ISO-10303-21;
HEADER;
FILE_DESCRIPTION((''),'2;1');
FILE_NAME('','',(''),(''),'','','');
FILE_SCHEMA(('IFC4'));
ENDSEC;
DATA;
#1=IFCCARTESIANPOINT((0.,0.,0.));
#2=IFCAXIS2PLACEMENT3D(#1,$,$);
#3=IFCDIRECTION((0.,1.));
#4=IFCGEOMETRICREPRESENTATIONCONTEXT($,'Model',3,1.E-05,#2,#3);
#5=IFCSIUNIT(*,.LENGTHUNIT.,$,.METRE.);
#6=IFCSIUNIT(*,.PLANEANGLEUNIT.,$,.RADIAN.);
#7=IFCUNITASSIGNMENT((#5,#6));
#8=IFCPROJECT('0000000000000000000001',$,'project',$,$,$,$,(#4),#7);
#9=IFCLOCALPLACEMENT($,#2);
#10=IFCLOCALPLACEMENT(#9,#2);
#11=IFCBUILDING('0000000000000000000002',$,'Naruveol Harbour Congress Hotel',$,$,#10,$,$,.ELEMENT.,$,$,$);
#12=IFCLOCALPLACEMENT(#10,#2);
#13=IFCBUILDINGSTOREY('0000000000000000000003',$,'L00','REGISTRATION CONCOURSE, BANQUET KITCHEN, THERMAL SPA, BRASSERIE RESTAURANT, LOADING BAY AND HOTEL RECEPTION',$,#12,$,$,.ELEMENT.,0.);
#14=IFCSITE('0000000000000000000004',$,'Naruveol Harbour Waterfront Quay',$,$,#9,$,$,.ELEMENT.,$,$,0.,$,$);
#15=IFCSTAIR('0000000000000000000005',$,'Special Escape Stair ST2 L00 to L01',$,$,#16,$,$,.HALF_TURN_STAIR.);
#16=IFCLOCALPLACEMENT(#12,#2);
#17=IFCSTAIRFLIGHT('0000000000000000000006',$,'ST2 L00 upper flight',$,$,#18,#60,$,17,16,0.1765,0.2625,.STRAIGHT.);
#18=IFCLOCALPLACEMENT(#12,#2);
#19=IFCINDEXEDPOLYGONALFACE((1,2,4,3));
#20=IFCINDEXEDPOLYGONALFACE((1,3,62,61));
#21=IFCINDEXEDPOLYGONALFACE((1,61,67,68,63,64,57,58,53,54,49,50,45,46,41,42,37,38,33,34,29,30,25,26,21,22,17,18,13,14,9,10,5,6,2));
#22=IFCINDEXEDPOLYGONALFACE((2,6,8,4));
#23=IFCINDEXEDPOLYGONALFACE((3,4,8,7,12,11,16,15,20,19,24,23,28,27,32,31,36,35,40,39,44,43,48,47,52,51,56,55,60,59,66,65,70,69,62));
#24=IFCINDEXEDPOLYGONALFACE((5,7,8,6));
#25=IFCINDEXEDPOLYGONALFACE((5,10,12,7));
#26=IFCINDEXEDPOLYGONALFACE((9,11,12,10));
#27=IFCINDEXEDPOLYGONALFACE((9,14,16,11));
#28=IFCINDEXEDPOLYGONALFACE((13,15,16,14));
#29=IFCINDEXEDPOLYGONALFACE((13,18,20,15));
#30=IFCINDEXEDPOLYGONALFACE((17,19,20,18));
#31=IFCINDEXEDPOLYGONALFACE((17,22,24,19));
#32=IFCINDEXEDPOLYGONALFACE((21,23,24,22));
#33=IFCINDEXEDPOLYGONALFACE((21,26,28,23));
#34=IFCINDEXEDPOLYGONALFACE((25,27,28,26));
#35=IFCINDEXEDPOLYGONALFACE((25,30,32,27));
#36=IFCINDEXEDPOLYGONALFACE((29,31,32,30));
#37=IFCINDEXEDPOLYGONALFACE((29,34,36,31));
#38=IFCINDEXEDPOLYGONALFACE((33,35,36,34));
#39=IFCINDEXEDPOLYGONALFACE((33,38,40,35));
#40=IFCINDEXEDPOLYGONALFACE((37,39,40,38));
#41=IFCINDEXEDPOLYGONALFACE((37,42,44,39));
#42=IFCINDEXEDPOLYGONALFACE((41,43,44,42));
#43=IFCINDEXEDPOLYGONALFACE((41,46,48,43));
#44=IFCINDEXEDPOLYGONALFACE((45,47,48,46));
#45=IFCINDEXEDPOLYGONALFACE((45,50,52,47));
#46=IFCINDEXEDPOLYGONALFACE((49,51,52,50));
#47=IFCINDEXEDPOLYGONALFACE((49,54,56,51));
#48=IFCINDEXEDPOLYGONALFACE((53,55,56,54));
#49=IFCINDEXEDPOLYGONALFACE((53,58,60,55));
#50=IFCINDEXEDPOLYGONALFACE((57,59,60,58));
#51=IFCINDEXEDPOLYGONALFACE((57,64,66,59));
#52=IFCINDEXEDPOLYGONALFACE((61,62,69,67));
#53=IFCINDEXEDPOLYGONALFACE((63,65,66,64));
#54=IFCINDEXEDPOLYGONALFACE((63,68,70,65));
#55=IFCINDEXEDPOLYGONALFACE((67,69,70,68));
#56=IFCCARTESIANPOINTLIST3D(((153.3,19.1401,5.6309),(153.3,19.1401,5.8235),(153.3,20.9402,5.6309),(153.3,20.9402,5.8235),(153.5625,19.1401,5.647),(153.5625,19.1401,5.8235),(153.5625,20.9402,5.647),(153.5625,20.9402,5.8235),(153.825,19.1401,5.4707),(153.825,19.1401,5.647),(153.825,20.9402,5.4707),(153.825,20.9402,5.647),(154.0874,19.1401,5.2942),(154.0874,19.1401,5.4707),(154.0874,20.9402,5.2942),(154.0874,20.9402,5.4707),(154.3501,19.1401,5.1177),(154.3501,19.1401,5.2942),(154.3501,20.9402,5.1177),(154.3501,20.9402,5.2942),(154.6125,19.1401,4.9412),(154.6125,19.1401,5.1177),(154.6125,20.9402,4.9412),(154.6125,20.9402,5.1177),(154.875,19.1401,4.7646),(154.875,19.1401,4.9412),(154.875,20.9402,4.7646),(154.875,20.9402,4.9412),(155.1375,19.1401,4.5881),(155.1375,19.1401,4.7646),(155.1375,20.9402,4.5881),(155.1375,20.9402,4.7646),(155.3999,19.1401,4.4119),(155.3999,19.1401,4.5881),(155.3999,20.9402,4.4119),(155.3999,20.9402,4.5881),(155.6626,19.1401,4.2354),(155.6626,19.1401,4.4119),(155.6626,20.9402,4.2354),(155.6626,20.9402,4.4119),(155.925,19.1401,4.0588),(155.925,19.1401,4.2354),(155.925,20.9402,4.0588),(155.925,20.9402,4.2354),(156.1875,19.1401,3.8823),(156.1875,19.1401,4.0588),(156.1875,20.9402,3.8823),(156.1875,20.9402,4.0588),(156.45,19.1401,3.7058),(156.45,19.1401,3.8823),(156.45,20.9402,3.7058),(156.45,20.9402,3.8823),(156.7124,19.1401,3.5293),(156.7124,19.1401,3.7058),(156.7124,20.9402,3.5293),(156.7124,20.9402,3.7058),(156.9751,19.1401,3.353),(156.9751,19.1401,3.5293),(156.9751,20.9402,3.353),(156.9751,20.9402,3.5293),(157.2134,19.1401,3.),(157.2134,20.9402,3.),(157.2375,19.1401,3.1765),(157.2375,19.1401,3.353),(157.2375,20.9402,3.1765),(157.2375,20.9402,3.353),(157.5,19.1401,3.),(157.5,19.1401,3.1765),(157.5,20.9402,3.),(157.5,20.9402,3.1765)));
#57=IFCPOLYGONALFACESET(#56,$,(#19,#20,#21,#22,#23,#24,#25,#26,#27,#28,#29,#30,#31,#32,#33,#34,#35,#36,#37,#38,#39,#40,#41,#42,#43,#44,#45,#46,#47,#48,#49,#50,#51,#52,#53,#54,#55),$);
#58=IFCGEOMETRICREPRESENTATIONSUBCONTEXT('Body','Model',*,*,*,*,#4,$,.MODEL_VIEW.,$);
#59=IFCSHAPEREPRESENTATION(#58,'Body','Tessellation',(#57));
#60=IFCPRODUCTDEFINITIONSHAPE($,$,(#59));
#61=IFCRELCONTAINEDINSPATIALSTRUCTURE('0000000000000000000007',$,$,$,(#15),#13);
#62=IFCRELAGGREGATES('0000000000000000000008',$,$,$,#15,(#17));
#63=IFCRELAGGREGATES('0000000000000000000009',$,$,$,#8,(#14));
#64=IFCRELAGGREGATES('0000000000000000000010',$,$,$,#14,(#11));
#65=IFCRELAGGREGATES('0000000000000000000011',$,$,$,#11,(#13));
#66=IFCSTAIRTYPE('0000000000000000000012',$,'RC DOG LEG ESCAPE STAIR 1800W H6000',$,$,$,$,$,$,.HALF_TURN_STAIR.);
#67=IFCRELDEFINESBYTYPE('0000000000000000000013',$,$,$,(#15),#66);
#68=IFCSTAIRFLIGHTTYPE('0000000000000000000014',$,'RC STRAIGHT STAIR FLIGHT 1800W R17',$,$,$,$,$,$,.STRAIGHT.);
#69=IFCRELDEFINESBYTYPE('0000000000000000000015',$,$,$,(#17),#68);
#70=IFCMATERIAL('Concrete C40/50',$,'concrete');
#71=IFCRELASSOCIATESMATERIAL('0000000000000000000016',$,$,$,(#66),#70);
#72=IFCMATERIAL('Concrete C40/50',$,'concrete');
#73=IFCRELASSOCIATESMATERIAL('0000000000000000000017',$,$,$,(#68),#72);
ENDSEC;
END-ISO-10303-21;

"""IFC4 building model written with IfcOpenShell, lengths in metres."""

from ifc_helpers import new_model, si_unit, direction, frame, origin, place, context, subcontext, project, spatial, polyline, outline, extrude, material, type_object, element, aggregate, save


model = new_model("IFC4")

# Units and contexts
model_context = context("Model", 3, precision=1e-05, world=origin(), true_north=direction((0.0, 1.0)))
body_context = subcontext(model_context, "Body", "Model", "MODEL_VIEW")
ifc_project = project(units=[si_unit("LENGTHUNIT", "METRE"), si_unit("PLANEANGLEUNIT", "RADIAN")], contexts=[model_context])

# Site, building, storey
site_placement = place(None, origin())
site = spatial("IfcSite", under=ifc_project, at=site_placement, Name="Naruveol Harbour Waterfront Quay", CompositionType="ELEMENT", RefElevation=0.0)
building_placement = place(site_placement, origin())
building = spatial("IfcBuilding", under=site, at=building_placement, Name="Naruveol Harbour Congress Hotel", CompositionType="ELEMENT")
storey_placement = place(building_placement, origin())
storey = spatial("IfcBuildingStorey", under=building, at=storey_placement, Name="L00", Description="REGISTRATION CONCOURSE, BANQUET KITCHEN, THERMAL SPA, BRASSERIE RESTAURANT, LOADING BAY AND HOTEL RECEPTION", CompositionType="ELEMENT", Elevation=0.0)

# Stair, stair flight
ifc_material_1 = material(Name="Concrete C40/50", Category="concrete")
stair_type = type_object("IfcStairType", Name="RC DOG LEG ESCAPE STAIR 1800W H6000", PredefinedType="HALF_TURN_STAIR", material=ifc_material_1)
stair_placement = place(storey_placement, origin())
stair = element("IfcStair", 1, at=stair_placement, inside=storey, type_object=stair_type, Name="Special Escape Stair ST2 L00 to L01", PredefinedType="HALF_TURN_STAIR")
ifc_material_2 = material(Name="Concrete C40/50", Category="concrete")
stair_flight_type = type_object("IfcStairFlightType", Name="RC STRAIGHT STAIR FLIGHT 1800W R17", PredefinedType="STRAIGHT", material=ifc_material_2)
stair_flight_placement = place(storey_placement, frame((157.5, 20.04, 3.0), z_axis=(0.0, 0.0, 1.0), x_axis=(-1.0, 0.0, 0.0)))
stair_flight = element("IfcStairFlight", 2, at=stair_flight_placement, type_object=stair_flight_type, Name="ST2 L00 upper flight", NumberOfRisers=17, NumberOfTreads=16, PredefinedType="STRAIGHT", RiserHeight=0.1765, TreadLength=0.2625, context=body_context, shape_type="SweptSolid", body=[
    extrude(outline(polyline([(0.0, 0.0), (0.0, 0.1765), (0.2625, 0.1765), (0.2625, 0.353), (0.5249, 0.353), (0.5249, 0.5293), (0.7876, 0.5293), (0.7876, 0.7058), (1.05, 0.7058), (1.05, 0.8823), (1.3125, 0.8823), (1.3125, 1.0588), (1.575, 1.0588), (1.575, 1.2354), (1.8374, 1.2354), (1.8374, 1.4119), (2.1001, 1.4119), (2.1001, 1.5881), (2.3625, 1.5881), (2.3625, 1.7646), (2.625, 1.7646), (2.625, 1.9412), (2.8875, 1.9412), (2.8875, 2.1177), (3.1499, 2.1177), (3.1499, 2.2942), (3.4126, 2.2942), (3.4126, 2.4707), (3.675, 2.4707), (3.675, 2.647), (3.9375, 2.647), (3.9375, 2.8235), (4.2, 2.8235), (4.2, 3.0), (4.2, 2.6309), (0.2866, 0.0), (0.0, 0.0)])), frame((0.0, 0.8999, 0.0), z_axis=(0.0, -1.0, 0.0), x_axis=(1.0, 0.0, 0.0)), (0.0, 0.0, 1.0), 1.8),
])
aggregate(stair, [stair_flight])

save(model, "model.ifc")
